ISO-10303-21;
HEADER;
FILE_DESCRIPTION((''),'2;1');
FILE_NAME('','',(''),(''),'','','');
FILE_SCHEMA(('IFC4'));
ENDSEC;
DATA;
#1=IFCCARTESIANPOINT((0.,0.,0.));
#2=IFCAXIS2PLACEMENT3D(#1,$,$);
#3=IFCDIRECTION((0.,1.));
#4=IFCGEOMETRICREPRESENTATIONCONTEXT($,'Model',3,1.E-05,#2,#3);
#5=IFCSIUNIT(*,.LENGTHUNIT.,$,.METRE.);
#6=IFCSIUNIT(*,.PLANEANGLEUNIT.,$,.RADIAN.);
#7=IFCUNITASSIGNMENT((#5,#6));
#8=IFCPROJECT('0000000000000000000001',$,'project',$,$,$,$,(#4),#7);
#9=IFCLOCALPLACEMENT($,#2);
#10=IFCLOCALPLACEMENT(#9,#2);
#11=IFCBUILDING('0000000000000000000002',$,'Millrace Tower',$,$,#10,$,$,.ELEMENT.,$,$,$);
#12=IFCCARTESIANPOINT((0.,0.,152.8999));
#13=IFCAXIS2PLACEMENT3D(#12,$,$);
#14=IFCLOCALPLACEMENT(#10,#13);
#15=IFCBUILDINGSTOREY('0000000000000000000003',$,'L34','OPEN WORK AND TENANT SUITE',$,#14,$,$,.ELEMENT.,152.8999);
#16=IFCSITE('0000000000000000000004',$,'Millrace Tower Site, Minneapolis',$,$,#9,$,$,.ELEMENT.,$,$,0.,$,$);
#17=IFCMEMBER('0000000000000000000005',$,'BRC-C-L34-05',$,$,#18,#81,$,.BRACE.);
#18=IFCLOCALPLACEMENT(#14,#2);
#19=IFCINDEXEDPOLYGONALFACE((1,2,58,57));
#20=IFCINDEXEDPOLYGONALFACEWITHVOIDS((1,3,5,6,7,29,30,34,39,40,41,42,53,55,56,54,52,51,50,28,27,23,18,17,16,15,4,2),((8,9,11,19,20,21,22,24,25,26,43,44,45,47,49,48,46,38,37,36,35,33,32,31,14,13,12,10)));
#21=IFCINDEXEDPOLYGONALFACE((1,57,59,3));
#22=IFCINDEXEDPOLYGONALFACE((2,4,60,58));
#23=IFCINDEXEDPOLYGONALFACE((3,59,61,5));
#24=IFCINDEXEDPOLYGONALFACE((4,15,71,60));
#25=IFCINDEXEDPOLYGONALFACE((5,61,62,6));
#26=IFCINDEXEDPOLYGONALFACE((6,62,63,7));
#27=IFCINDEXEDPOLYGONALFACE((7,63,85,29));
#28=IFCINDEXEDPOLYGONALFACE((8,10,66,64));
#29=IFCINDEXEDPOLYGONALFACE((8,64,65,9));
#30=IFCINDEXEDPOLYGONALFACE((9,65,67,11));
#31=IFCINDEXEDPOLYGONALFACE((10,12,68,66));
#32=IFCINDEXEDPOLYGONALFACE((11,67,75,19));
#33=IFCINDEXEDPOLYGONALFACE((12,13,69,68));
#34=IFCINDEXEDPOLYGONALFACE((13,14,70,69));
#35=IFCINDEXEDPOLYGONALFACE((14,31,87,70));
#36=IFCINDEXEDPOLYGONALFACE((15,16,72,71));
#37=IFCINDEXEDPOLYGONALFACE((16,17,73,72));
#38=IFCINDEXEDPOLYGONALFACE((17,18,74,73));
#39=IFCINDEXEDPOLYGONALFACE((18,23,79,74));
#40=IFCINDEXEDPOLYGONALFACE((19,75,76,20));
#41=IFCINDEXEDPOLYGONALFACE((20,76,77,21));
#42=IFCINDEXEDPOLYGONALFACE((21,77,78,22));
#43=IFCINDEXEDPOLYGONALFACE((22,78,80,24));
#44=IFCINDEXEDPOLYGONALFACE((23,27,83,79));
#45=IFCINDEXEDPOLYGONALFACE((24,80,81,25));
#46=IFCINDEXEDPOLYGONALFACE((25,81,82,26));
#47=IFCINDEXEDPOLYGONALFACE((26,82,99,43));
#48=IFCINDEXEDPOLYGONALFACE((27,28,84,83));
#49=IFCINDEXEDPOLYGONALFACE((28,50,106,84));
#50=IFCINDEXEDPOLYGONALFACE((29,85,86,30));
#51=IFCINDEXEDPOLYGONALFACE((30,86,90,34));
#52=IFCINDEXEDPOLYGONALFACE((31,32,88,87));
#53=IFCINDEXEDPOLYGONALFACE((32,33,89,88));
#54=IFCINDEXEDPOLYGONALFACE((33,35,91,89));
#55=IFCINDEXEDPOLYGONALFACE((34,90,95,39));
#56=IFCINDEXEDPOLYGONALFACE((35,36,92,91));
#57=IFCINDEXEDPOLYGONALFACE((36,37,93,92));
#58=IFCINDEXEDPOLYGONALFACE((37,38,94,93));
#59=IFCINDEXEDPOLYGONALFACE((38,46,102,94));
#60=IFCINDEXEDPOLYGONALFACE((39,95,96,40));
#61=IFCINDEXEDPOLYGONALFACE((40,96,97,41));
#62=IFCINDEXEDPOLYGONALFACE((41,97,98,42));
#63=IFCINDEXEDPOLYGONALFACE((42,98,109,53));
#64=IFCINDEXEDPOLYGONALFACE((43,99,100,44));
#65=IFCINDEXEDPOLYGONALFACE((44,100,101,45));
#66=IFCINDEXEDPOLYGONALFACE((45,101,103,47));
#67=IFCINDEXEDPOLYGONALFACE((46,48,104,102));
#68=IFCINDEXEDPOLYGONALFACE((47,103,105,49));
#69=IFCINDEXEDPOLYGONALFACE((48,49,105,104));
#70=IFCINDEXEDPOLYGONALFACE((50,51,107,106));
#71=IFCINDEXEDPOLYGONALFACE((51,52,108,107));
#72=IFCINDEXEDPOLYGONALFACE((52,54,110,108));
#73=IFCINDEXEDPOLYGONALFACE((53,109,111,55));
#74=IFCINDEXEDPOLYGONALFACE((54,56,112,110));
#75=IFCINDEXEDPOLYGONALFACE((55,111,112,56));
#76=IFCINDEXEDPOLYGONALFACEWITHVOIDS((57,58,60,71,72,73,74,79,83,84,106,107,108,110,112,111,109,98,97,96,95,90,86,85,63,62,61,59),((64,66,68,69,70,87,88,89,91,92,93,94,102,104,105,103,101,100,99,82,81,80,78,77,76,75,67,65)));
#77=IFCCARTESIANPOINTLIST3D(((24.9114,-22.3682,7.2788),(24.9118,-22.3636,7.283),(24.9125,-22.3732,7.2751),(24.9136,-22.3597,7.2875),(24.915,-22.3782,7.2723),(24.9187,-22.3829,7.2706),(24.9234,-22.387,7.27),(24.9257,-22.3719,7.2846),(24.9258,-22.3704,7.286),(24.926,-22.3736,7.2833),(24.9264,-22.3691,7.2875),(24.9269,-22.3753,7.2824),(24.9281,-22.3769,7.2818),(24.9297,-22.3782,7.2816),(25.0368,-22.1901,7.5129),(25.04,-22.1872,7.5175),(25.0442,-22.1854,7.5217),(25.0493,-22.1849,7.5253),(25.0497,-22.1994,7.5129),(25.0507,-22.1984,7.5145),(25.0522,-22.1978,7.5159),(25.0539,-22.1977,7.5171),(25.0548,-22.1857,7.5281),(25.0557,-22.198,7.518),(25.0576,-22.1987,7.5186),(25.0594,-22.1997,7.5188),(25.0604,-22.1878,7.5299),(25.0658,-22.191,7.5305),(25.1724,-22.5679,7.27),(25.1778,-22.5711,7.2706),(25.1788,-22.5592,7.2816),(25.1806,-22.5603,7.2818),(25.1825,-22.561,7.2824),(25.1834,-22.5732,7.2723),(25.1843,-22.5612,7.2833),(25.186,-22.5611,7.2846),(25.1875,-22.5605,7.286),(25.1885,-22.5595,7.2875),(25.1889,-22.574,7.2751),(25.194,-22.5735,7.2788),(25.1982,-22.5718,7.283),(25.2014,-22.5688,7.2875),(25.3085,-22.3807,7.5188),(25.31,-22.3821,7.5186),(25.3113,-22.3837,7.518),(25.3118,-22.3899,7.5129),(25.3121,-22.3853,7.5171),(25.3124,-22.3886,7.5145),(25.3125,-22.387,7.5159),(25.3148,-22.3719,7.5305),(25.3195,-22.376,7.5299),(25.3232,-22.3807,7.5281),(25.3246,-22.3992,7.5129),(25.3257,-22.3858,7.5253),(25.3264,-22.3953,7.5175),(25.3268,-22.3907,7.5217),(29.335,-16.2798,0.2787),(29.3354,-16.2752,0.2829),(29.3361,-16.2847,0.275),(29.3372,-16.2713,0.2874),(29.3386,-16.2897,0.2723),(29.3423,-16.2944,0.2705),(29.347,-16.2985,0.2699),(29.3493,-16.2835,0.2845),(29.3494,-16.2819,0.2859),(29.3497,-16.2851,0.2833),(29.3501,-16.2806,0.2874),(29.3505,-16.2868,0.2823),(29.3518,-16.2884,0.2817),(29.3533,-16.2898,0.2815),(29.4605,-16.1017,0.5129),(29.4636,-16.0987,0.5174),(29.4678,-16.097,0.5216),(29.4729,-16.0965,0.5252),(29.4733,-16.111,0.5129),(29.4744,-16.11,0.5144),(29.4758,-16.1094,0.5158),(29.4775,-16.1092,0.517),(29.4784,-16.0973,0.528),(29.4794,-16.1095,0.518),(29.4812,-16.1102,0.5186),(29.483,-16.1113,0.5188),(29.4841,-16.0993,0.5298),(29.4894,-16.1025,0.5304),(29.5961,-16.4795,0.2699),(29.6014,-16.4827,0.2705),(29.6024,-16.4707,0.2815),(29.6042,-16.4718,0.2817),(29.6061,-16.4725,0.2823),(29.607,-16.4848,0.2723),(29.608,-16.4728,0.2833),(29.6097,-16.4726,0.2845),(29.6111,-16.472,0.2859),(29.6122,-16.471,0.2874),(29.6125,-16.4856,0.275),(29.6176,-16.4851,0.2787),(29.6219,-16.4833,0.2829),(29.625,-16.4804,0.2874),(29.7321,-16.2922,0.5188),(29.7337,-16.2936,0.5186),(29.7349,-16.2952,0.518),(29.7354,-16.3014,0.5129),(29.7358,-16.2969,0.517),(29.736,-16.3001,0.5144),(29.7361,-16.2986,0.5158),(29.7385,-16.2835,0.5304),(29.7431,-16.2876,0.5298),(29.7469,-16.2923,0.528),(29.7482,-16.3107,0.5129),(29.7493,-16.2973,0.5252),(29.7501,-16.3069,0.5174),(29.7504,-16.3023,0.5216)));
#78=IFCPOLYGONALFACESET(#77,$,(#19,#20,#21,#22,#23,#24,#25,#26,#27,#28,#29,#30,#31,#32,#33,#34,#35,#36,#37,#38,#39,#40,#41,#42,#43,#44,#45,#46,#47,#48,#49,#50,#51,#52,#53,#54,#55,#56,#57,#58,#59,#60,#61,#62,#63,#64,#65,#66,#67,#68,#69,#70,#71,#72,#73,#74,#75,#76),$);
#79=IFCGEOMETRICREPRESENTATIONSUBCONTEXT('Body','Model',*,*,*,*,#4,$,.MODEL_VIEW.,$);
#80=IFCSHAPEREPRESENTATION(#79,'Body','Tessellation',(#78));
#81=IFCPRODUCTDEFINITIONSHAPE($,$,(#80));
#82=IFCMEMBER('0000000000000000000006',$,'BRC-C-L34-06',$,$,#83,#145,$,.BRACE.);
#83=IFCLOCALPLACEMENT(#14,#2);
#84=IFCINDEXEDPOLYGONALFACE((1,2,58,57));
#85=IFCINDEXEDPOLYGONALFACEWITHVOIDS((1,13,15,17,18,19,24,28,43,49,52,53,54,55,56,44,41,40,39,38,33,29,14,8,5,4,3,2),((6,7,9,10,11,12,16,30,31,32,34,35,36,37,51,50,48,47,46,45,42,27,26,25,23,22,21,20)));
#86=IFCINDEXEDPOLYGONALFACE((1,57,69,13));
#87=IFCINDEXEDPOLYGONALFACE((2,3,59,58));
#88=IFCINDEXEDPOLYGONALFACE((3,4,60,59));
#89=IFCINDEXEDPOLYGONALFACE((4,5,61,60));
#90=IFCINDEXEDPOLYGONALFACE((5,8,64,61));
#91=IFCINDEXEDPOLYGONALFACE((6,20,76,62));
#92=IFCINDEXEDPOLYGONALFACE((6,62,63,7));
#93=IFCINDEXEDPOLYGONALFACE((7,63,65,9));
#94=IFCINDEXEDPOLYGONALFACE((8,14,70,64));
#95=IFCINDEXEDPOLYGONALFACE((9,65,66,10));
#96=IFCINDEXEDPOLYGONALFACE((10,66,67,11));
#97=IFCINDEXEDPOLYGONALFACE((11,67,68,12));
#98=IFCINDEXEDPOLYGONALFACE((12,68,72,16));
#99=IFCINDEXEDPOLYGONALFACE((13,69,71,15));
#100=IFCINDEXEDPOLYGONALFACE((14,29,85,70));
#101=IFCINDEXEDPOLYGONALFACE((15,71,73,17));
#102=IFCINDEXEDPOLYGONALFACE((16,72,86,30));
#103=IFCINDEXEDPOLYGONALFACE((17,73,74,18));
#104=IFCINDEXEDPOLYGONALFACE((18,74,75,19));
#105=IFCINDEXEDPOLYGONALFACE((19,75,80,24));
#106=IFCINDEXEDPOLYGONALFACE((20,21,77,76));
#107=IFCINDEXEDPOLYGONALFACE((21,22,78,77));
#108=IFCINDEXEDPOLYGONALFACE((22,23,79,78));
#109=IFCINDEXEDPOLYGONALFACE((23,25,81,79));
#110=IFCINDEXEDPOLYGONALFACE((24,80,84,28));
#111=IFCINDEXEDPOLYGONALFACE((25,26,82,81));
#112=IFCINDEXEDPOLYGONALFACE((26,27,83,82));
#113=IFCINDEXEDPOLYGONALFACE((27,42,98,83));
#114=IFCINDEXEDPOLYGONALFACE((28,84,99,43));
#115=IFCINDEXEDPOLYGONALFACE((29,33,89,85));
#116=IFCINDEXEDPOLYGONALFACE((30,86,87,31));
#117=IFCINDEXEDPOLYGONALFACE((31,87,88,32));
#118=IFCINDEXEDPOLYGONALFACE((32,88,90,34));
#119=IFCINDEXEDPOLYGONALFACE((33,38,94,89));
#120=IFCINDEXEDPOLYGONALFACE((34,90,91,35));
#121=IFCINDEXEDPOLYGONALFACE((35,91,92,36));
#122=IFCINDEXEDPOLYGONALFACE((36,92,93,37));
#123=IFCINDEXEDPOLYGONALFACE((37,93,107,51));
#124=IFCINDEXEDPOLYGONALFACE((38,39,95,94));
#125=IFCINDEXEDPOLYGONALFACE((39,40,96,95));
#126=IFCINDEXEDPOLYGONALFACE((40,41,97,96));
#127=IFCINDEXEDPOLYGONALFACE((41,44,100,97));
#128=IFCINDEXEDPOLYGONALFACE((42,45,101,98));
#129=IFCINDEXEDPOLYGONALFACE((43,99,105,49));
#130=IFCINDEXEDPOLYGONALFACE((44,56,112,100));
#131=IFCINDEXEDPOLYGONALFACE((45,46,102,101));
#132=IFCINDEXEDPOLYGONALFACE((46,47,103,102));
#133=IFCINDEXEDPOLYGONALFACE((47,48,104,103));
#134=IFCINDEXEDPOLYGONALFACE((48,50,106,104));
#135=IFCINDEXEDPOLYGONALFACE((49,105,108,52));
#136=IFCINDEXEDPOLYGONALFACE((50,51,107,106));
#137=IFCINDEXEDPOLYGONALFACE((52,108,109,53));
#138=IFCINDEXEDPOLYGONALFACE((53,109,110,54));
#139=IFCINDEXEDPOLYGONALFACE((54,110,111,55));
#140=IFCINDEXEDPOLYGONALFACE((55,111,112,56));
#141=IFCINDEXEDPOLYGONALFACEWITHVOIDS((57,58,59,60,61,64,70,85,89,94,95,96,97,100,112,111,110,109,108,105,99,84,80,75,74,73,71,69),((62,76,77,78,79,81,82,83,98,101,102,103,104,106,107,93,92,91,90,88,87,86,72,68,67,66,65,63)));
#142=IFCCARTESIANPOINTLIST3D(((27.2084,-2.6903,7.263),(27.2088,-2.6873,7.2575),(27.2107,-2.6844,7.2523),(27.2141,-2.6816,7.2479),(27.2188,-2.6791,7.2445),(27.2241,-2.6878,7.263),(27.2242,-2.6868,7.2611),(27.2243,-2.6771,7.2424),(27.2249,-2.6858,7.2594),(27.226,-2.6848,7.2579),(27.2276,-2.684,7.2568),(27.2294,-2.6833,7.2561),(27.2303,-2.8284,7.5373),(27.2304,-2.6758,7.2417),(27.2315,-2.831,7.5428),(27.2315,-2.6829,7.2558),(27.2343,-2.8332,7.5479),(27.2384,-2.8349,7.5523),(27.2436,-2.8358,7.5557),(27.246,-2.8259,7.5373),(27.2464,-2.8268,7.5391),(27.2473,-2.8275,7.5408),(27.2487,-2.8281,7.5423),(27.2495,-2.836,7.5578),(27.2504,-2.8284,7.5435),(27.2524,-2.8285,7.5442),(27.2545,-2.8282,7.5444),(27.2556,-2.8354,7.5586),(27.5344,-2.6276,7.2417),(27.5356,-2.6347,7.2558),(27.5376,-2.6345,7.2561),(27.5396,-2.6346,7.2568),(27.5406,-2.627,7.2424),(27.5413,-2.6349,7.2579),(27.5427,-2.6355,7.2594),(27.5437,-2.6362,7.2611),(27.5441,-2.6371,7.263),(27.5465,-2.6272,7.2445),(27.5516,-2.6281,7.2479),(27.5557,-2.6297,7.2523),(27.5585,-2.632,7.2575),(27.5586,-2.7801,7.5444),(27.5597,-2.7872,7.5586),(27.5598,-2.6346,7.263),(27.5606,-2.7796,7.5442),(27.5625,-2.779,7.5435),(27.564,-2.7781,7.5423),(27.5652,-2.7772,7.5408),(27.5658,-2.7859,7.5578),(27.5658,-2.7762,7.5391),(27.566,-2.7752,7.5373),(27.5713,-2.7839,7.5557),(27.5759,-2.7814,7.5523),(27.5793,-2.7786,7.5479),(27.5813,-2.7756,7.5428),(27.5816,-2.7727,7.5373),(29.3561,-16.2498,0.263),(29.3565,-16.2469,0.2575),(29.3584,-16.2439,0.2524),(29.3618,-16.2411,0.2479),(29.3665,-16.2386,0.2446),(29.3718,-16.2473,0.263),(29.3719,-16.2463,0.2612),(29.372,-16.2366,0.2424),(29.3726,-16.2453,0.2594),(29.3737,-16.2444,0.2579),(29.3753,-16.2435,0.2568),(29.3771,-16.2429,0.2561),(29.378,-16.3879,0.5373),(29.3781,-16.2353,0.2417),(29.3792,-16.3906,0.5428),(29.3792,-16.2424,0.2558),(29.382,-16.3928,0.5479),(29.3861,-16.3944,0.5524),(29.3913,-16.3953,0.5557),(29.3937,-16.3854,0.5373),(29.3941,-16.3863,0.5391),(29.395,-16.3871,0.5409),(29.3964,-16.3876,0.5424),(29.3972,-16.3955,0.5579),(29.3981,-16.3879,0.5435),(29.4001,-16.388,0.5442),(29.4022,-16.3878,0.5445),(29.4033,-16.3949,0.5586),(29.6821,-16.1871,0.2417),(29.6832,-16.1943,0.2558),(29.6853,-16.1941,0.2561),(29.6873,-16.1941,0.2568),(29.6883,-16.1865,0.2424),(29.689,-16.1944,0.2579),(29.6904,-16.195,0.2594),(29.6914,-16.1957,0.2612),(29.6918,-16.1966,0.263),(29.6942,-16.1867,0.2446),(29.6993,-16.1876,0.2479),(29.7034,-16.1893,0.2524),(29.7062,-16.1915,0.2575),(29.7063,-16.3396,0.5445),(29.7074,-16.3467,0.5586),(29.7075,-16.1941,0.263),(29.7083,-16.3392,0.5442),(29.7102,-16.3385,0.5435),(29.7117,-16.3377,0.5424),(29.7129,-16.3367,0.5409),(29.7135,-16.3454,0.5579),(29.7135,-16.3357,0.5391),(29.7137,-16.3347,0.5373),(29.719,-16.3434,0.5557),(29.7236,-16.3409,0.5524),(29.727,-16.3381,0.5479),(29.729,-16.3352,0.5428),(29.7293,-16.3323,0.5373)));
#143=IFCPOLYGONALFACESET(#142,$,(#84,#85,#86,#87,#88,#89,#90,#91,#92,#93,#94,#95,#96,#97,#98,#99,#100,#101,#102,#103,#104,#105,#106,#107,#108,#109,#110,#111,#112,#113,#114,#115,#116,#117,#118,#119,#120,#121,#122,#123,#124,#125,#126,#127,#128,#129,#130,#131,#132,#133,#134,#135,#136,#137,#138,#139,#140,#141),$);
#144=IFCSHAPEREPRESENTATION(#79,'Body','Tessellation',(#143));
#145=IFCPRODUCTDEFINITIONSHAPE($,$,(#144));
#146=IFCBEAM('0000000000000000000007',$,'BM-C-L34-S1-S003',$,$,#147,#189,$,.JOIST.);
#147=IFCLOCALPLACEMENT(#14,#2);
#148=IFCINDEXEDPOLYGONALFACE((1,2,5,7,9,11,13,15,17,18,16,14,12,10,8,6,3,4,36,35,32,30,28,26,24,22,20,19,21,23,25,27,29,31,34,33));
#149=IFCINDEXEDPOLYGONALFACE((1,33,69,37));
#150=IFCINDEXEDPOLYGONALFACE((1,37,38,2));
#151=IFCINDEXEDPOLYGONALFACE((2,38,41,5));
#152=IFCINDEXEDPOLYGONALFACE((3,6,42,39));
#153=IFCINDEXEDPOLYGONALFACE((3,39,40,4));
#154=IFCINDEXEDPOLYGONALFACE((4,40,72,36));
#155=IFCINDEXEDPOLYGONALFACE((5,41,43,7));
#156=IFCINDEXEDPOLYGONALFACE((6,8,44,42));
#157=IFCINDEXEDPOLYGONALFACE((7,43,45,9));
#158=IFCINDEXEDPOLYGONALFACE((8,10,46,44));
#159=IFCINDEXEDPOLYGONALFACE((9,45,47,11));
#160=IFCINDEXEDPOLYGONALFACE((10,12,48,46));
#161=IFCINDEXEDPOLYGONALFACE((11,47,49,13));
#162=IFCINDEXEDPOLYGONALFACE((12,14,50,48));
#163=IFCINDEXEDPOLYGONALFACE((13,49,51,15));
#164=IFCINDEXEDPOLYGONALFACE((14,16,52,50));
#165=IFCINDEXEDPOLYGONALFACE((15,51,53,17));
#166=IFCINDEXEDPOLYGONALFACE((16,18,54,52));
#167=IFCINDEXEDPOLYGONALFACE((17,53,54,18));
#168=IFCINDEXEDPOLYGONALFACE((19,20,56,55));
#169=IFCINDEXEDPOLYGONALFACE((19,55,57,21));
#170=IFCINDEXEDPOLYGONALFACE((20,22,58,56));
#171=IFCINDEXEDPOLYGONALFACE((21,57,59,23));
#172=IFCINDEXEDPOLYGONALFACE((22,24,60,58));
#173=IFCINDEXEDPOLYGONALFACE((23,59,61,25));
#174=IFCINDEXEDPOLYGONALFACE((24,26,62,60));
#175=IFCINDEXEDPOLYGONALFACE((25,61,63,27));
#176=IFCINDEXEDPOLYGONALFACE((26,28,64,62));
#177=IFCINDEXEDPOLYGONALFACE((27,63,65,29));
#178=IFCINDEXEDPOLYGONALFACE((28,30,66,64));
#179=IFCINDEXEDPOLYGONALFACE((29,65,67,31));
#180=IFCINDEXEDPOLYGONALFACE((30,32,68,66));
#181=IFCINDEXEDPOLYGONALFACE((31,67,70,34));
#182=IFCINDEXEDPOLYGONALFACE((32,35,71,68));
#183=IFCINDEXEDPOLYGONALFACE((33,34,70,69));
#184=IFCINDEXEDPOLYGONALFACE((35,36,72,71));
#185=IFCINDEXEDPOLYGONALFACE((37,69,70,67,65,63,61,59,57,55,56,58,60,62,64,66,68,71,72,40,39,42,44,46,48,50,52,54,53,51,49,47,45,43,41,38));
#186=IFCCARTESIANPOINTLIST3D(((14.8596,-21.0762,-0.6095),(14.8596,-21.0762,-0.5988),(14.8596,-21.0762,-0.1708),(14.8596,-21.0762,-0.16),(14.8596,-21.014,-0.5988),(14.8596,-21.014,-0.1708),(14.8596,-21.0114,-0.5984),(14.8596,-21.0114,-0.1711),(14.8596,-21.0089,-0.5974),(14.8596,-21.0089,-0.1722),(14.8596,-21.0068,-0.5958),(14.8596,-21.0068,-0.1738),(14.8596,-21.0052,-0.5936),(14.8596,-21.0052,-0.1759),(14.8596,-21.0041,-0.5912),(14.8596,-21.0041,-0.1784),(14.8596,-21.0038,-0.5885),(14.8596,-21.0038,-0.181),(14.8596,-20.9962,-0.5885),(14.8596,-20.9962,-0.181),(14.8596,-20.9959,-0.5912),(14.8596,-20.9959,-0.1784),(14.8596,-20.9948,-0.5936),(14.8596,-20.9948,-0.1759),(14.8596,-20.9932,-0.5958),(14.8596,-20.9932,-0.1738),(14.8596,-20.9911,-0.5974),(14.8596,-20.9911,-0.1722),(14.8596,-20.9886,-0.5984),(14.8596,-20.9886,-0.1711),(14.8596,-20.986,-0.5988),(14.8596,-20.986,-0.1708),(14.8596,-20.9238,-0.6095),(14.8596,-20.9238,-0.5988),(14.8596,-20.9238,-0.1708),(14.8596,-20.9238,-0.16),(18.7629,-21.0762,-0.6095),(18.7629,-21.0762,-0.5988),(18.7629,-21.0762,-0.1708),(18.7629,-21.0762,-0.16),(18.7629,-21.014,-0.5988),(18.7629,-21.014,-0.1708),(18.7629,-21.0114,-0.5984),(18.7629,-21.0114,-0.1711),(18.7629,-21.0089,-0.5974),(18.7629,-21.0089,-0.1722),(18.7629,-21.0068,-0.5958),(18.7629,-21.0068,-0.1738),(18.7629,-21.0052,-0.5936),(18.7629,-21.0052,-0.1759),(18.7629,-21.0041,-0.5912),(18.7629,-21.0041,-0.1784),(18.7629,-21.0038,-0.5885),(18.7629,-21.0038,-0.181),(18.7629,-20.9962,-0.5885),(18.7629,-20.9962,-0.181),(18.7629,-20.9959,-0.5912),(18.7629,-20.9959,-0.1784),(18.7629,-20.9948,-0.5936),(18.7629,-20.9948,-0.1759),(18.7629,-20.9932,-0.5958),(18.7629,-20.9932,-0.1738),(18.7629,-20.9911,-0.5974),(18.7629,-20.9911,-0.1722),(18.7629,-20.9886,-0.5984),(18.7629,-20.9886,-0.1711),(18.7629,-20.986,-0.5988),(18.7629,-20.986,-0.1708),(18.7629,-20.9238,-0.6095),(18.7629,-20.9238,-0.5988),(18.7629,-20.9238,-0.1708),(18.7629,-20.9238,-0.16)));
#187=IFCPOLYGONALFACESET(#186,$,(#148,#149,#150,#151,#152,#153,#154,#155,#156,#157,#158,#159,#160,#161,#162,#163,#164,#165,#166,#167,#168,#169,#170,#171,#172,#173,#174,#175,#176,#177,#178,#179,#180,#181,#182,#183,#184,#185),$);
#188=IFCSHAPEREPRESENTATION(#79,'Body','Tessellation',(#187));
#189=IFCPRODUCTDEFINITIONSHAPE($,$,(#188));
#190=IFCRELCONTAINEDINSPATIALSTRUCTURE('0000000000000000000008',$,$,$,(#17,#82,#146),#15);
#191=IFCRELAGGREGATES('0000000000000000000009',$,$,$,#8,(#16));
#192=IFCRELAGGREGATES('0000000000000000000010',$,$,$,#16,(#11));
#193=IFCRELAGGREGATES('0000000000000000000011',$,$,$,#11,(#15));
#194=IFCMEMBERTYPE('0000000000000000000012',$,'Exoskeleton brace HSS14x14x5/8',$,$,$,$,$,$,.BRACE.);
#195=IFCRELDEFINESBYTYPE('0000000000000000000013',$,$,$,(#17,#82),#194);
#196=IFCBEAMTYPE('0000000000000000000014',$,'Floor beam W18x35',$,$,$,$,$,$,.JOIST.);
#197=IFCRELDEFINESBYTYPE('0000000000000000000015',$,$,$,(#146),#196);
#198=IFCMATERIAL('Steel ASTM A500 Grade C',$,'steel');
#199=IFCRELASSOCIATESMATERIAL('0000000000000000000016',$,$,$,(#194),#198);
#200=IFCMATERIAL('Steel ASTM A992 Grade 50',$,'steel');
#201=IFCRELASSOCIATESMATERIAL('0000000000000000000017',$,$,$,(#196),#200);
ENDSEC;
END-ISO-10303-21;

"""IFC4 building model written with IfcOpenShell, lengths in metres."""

from ifc_helpers import new_model, si_unit, direction, frame, origin, origin_2d, place, context, subcontext, project, spatial, hollow_rectangle, i_section, extrude, material, material_profile, profile_set, type_object, element, save


model = new_model("IFC4")

# Units and contexts
model_context = context("Model", 3, precision=1e-05, world=origin(), true_north=direction((0.0, 1.0)))
body_context = subcontext(model_context, "Body", "Model", "MODEL_VIEW")
ifc_project = project(units=[si_unit("LENGTHUNIT", "METRE"), si_unit("PLANEANGLEUNIT", "RADIAN")], contexts=[model_context])

# Site, building, storey
site_placement = place(None, origin())
site = spatial("IfcSite", under=ifc_project, at=site_placement, Name="Millrace Tower Site, Minneapolis", CompositionType="ELEMENT", RefElevation=0.0)
building_placement = place(site_placement, origin())
building = spatial("IfcBuilding", under=site, at=building_placement, Name="Millrace Tower", CompositionType="ELEMENT")
storey_placement = place(building_placement, frame((0.0, 0.0, 152.8999)))
storey = spatial("IfcBuildingStorey", under=building, at=storey_placement, Name="L34", Description="OPEN WORK AND TENANT SUITE", CompositionType="ELEMENT", Elevation=152.8999)

# Members
ifc_material_1 = material(Name="Steel ASTM A500 Grade C", Category="steel")
ifc_material_profile_1 = material_profile(ifc_material_1, hollow_rectangle(XDim=0.3557, YDim=0.3557, WallThickness=0.0159, InnerFilletRadius=0.0081, OuterFilletRadius=0.0239, at=origin_2d()))
ifc_profile_set_1 = profile_set([ifc_material_profile_1], Name="Steel ASTM A500 Grade C")
member_type_1 = type_object("IfcMemberType", Name="Exoskeleton brace HSS14x14x5/8", PredefinedType="BRACE", material=ifc_profile_set_1)
member_1_placement = place(storey_placement, frame((29.5427, -16.291, 0.4001), z_axis=(-0.430395, -0.592372, 0.681069), x_axis=(0.80901, -0.587795, 0.0)))
element("IfcMember", 1, at=member_1_placement, inside=storey, type_object=member_type_1, Name="BRC-C-L34-05", PredefinedType="BRACE", context=body_context, shape_type="SweptSolid", body=[
    extrude(hollow_rectangle(XDim=0.3557, YDim=0.3557, WallThickness=0.0159, InnerFilletRadius=0.0081, OuterFilletRadius=0.0239, at=origin_2d()), origin(), (0.0, 0.0, 1.0), 10.2781),
])
member_2_placement = place(storey_placement, frame((29.5427, -16.291, 0.4001), z_axis=(-0.139369, 0.879908, 0.454244), x_axis=(-0.987687, -0.15644, 0.0)))
element("IfcMember", 2, at=member_2_placement, inside=storey, type_object=member_type_1, Name="BRC-C-L34-06", PredefinedType="BRACE", context=body_context, shape_type="SweptSolid", body=[
    extrude(hollow_rectangle(XDim=0.3557, YDim=0.3557, WallThickness=0.0159, InnerFilletRadius=0.0081, OuterFilletRadius=0.0239, at=origin_2d()), origin(), (0.0, 0.0, 1.0), 15.4102),
])

# Beam
ifc_material_2 = material(Name="Steel ASTM A992 Grade 50", Category="steel")
ifc_material_profile_2 = material_profile(ifc_material_2, i_section(OverallWidth=0.1523, OverallDepth=0.4495, WebThickness=0.0076, FlangeThickness=0.0107, FilletRadius=0.0103, at=origin_2d()))
ifc_profile_set_2 = profile_set([ifc_material_profile_2], Name="Steel ASTM A992 Grade 50")
beam_type_1 = type_object("IfcBeamType", Name="Floor beam W18x35", PredefinedType="JOIST", material=ifc_profile_set_2)
beam_1_placement = place(storey_placement, frame((14.8596, -21.0, -0.3848), z_axis=(1.0, 0.0, 0.0), x_axis=(0.0, 1.0, 0.0)))
element("IfcBeam", 3, at=beam_1_placement, inside=storey, type_object=beam_type_1, Name="BM-C-L34-S1-S003", PredefinedType="JOIST", context=body_context, shape_type="SweptSolid", body=[
    extrude(i_section(OverallWidth=0.1523, OverallDepth=0.4495, WebThickness=0.0076, FlangeThickness=0.0107, FilletRadius=0.0103, at=origin_2d()), origin(), (0.0, 0.0, 1.0), 3.9033),
])

save(model, "model.ifc")
